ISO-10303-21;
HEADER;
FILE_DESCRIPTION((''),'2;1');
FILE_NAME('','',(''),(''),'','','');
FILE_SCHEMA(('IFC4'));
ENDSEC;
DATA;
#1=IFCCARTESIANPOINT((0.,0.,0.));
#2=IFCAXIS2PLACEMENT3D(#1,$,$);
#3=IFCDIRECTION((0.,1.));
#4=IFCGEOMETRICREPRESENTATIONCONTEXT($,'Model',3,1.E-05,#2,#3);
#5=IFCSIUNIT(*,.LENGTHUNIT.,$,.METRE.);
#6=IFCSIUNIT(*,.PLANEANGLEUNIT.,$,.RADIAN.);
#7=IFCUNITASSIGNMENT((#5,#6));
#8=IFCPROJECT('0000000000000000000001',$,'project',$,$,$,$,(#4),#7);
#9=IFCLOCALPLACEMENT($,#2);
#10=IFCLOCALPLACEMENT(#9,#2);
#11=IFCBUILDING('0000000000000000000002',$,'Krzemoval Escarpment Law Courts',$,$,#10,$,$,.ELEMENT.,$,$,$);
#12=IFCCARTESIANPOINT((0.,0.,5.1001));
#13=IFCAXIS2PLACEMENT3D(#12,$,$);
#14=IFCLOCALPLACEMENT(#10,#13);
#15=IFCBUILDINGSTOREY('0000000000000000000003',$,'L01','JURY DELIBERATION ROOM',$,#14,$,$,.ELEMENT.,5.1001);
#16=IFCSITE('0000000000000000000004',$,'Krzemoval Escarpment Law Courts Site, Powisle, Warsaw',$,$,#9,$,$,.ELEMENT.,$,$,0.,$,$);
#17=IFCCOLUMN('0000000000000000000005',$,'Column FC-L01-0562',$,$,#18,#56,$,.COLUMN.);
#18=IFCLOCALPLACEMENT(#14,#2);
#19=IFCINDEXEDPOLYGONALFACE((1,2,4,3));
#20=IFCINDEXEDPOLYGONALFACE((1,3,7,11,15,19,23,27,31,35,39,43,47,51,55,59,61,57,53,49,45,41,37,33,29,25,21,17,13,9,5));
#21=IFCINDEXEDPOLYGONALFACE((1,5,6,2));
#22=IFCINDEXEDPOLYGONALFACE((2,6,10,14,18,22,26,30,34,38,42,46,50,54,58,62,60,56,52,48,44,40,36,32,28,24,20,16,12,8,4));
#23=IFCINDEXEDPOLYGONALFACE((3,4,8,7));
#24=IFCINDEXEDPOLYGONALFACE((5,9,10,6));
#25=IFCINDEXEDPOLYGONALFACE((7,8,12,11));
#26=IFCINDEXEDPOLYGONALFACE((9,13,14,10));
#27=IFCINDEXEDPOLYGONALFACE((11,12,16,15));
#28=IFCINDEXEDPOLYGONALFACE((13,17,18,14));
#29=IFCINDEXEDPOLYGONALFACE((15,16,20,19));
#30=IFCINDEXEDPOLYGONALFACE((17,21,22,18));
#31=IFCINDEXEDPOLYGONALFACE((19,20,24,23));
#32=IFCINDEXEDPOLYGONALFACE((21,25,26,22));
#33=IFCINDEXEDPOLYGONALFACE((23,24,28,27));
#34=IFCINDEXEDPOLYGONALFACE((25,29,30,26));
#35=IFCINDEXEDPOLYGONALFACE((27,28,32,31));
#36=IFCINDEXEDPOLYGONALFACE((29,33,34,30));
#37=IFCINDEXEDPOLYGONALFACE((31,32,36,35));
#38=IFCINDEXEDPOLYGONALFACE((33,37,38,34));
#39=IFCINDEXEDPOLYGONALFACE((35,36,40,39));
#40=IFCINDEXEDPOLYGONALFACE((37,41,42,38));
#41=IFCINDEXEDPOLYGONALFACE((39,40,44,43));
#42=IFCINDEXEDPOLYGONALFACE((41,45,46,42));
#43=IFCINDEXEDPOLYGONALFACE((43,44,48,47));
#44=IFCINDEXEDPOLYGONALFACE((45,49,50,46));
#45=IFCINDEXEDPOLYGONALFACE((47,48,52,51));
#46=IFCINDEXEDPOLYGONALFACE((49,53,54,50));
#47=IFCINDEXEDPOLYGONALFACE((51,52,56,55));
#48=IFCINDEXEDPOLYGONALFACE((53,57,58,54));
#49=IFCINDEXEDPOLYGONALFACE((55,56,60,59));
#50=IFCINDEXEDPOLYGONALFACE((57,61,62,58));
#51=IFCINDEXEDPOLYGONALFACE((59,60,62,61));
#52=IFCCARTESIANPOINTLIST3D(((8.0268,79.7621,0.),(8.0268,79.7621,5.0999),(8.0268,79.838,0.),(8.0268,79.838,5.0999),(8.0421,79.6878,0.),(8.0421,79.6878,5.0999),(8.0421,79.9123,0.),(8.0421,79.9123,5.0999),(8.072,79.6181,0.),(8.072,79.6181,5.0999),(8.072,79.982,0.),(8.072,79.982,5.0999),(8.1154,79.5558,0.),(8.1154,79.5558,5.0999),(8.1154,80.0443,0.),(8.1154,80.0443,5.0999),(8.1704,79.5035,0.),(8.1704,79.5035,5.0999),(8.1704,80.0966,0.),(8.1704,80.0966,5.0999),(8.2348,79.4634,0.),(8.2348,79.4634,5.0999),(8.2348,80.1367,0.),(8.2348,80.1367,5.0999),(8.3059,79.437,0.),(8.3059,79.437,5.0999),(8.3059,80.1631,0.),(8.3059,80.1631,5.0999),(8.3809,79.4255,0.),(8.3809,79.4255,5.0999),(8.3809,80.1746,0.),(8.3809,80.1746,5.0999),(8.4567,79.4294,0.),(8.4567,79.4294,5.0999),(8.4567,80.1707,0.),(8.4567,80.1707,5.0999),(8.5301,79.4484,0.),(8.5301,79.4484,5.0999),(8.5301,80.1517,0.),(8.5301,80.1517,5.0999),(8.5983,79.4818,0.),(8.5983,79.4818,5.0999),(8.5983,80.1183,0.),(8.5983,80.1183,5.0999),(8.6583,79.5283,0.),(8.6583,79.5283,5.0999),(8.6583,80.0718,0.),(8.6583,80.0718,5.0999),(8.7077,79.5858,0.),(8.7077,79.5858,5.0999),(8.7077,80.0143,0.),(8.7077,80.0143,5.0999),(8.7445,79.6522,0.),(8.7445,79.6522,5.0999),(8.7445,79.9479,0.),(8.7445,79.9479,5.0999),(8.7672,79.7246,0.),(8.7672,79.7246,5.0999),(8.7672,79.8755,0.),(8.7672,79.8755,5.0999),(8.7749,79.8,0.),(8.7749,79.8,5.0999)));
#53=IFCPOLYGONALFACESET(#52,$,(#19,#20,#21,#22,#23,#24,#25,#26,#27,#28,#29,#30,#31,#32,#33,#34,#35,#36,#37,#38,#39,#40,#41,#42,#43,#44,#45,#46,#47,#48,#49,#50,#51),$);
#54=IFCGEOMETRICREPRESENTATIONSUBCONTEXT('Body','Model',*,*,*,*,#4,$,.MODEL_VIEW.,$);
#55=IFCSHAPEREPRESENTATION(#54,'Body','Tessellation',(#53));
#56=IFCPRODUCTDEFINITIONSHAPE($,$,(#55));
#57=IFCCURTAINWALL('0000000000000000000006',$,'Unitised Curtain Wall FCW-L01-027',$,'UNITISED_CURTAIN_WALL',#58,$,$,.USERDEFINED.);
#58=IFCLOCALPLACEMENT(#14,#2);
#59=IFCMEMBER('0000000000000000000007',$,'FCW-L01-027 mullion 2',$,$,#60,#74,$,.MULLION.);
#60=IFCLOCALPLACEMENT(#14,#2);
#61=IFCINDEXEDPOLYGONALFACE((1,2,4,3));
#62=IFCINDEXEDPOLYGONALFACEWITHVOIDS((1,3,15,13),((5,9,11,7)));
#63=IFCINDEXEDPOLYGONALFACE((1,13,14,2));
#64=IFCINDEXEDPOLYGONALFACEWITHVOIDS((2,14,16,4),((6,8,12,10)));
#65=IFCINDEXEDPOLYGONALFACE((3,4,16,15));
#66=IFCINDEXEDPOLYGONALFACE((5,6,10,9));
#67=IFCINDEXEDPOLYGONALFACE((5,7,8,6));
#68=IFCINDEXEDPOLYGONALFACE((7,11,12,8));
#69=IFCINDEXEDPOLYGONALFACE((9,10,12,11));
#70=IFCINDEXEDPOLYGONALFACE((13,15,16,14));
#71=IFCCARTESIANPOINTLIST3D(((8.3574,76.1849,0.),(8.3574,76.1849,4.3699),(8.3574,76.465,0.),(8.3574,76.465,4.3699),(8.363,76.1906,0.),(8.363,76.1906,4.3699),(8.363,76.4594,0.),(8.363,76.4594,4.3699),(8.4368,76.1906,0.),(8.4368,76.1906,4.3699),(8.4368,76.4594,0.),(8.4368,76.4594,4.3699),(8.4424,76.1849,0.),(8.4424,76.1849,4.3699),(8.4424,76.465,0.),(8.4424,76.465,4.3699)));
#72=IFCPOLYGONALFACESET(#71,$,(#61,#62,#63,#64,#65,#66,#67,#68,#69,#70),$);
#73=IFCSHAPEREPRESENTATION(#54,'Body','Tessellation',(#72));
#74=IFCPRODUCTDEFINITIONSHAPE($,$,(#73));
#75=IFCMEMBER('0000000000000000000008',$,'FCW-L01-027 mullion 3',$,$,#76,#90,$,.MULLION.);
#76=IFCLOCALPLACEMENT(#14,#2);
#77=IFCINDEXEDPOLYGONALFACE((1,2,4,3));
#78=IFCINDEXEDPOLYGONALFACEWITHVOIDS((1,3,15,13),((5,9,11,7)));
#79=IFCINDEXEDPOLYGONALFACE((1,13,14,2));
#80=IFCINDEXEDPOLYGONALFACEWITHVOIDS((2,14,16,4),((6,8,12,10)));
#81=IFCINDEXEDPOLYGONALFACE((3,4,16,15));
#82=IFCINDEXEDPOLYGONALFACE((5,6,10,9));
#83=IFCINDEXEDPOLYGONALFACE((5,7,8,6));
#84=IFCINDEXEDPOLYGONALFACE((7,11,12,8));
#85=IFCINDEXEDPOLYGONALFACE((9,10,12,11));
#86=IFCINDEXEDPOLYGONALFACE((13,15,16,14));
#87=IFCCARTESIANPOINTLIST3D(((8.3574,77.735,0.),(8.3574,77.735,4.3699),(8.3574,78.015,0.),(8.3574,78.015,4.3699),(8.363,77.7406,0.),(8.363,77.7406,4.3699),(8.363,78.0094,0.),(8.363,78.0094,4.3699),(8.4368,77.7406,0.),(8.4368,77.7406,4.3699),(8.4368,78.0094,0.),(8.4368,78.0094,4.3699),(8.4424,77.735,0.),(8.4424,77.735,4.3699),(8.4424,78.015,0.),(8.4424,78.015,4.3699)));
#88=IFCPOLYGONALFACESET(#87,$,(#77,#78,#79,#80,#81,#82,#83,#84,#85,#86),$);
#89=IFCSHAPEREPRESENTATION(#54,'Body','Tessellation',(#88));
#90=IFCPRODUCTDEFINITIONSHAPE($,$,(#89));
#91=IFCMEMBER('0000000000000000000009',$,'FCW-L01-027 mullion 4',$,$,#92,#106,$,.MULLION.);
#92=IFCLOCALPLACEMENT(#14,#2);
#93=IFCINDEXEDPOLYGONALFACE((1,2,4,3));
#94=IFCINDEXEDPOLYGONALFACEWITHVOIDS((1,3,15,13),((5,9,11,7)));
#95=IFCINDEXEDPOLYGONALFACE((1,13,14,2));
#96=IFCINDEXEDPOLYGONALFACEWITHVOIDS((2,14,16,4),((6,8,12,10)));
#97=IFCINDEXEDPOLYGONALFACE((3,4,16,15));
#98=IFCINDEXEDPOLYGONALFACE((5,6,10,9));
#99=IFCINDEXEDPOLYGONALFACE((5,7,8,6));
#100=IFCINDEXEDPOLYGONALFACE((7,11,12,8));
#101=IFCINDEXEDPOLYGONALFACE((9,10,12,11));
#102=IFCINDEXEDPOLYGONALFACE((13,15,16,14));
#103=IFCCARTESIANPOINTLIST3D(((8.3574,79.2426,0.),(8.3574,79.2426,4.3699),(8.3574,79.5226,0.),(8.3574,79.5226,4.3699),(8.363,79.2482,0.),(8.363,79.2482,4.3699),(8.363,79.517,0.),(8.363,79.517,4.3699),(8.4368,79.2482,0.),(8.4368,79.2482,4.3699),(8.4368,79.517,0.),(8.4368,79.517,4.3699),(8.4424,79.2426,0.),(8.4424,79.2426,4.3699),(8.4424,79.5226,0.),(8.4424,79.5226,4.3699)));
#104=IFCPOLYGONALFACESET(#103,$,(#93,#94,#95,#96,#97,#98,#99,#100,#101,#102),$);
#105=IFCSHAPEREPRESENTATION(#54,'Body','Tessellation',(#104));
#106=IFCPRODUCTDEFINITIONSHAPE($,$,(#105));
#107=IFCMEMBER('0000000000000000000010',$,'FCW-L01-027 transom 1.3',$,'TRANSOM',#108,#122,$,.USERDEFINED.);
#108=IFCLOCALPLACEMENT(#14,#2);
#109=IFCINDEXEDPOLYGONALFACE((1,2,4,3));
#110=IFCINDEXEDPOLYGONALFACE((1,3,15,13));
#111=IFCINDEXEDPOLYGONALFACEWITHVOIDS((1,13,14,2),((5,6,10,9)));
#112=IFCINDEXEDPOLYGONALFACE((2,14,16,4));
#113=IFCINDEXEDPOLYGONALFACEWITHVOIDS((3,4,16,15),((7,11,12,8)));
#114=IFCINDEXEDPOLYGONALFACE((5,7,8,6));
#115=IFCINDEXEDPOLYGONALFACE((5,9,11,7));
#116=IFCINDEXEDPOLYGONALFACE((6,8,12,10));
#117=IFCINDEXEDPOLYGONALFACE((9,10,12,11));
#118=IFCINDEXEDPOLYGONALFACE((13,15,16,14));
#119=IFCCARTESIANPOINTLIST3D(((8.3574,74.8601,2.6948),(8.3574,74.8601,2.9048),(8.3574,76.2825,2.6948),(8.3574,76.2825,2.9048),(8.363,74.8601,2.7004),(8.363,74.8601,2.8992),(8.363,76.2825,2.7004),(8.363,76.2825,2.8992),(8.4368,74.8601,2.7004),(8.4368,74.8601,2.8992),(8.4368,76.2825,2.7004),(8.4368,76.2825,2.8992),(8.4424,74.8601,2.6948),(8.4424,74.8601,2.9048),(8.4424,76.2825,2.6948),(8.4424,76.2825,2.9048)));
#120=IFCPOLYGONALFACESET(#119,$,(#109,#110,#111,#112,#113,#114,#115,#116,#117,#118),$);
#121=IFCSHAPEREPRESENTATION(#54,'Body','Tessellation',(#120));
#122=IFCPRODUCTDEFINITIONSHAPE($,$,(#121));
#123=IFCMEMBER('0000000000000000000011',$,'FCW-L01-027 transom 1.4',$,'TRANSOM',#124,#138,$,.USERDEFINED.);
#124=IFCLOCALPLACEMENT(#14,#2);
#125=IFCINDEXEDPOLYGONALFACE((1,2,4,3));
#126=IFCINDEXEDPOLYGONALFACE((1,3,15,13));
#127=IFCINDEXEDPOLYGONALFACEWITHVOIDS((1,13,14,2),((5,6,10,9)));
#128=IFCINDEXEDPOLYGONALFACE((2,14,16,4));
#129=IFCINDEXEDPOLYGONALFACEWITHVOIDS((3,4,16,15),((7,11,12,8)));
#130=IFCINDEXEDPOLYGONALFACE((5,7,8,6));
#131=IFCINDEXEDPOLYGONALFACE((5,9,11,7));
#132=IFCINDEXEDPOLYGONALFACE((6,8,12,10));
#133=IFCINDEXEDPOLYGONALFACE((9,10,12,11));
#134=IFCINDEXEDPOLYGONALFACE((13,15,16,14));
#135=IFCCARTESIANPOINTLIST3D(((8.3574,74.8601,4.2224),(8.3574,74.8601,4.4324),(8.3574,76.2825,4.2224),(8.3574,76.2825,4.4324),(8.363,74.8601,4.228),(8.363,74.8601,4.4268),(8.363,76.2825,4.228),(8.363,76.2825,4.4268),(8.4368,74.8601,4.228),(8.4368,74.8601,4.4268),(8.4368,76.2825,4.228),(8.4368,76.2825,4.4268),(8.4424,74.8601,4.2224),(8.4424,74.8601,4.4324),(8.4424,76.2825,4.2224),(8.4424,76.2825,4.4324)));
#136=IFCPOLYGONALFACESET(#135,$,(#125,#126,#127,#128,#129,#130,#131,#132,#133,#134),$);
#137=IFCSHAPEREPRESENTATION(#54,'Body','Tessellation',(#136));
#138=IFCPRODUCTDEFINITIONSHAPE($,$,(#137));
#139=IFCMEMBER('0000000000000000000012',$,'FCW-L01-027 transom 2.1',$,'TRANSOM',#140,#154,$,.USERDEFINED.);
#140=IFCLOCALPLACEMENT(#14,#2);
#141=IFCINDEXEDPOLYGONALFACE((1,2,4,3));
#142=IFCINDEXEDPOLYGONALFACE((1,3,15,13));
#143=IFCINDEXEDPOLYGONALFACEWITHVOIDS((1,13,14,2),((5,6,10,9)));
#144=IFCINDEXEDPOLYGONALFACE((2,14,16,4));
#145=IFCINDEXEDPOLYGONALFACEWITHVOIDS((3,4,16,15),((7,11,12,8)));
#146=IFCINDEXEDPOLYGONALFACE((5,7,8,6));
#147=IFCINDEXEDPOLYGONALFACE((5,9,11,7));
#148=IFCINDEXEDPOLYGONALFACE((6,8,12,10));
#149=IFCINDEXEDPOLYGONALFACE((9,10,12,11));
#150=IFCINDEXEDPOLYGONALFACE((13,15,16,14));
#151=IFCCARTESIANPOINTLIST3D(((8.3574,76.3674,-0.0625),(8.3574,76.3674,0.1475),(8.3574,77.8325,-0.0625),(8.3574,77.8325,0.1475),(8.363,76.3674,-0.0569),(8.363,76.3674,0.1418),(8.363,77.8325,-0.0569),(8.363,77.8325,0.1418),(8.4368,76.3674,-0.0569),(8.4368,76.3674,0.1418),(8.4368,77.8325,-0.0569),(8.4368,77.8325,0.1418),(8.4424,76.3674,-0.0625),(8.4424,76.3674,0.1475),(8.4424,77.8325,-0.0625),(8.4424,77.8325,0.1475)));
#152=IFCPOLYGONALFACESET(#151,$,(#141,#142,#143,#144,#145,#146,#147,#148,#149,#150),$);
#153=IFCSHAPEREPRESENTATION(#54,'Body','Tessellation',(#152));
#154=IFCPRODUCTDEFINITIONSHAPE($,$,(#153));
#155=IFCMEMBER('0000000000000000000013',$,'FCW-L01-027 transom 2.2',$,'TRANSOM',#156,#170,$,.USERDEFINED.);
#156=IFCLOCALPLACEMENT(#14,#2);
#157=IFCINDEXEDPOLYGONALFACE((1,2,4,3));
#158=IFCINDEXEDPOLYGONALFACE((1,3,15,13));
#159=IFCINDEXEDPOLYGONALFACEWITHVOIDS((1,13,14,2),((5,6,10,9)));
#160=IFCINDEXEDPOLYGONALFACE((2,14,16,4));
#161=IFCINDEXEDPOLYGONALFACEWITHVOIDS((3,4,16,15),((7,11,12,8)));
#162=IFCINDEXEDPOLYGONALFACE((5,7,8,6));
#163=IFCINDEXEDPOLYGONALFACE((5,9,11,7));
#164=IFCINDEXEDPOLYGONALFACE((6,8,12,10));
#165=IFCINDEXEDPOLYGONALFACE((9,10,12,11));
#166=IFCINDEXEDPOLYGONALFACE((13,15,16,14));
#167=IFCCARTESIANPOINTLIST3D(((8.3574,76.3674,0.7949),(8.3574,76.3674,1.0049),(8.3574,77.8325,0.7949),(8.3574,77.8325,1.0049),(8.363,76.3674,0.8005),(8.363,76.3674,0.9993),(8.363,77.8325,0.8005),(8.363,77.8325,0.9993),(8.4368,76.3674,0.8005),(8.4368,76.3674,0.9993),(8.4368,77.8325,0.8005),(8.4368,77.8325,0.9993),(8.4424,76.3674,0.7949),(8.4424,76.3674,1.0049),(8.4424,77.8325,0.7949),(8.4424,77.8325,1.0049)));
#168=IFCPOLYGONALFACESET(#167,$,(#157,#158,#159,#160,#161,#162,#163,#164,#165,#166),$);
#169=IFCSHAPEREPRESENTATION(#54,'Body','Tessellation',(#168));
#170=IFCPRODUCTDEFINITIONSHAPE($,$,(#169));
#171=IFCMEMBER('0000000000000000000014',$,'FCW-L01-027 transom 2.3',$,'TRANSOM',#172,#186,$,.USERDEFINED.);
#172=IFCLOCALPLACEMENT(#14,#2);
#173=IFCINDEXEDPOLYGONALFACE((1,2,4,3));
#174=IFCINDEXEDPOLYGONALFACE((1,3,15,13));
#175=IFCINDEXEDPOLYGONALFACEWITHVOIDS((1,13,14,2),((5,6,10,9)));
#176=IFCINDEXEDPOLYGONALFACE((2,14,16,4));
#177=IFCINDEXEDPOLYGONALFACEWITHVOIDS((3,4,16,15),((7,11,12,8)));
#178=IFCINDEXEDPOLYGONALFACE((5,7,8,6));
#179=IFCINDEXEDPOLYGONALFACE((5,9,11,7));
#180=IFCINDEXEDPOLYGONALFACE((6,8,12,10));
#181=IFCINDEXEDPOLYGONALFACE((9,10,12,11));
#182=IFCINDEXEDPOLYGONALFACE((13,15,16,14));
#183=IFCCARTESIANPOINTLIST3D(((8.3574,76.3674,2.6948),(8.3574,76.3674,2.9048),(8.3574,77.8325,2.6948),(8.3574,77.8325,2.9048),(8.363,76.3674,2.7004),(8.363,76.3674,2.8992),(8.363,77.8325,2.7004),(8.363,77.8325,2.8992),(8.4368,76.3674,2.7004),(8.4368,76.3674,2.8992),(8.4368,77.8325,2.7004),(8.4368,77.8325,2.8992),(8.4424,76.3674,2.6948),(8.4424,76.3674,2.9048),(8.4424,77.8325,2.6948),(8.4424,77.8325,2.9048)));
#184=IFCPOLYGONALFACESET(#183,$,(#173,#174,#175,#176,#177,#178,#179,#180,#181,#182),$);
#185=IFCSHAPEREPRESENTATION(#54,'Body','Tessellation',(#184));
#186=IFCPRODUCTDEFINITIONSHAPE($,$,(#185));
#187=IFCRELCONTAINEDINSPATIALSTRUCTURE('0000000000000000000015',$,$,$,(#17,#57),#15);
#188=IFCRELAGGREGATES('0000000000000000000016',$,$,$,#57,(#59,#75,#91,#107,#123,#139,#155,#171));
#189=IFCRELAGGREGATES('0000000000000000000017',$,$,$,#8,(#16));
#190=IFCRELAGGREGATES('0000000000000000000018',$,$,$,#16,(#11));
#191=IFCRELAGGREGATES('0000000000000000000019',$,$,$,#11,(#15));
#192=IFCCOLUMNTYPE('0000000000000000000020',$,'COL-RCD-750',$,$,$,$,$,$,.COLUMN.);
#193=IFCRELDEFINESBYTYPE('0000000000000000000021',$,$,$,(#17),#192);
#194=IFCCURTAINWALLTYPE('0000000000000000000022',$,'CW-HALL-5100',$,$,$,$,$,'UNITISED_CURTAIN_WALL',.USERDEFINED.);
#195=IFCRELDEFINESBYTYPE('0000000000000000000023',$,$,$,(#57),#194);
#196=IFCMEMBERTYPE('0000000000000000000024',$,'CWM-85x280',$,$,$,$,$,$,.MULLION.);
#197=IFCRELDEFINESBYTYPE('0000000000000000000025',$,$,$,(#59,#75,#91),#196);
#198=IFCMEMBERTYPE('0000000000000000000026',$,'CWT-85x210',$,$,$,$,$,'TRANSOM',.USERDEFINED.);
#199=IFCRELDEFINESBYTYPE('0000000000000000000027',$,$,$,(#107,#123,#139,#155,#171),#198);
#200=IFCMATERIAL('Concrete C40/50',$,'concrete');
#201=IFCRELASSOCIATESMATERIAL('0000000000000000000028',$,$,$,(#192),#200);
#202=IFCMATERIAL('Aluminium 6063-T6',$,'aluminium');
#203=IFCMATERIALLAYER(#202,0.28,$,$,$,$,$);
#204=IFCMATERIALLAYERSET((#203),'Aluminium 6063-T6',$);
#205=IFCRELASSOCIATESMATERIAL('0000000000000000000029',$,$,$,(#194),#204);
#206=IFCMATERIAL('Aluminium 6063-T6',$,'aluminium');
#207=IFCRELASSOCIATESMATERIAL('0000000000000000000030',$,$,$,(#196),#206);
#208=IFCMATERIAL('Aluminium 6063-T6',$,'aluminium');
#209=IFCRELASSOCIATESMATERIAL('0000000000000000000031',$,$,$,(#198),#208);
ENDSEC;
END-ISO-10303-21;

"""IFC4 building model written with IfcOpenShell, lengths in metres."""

from ifc_helpers import new_model, si_unit, direction, frame, origin, origin_2d, place, context, subcontext, project, spatial, hollow_rectangle, circle, extrude, material, layer, layer_set, material_profile, profile_set, type_object, element, aggregate, save


model = new_model("IFC4")

# Units and contexts
model_context = context("Model", 3, precision=1e-05, world=origin(), true_north=direction((0.0, 1.0)))
body_context = subcontext(model_context, "Body", "Model", "MODEL_VIEW")
ifc_project = project(units=[si_unit("LENGTHUNIT", "METRE"), si_unit("PLANEANGLEUNIT", "RADIAN")], contexts=[model_context])

# Site, building, storey
site_placement = place(None, origin())
site = spatial("IfcSite", under=ifc_project, at=site_placement, Name="Krzemoval Escarpment Law Courts Site, Powisle, Warsaw", CompositionType="ELEMENT", RefElevation=0.0)
building_placement = place(site_placement, origin())
building = spatial("IfcBuilding", under=site, at=building_placement, Name="Krzemoval Escarpment Law Courts", CompositionType="ELEMENT")
storey_placement = place(building_placement, frame((0.0, 0.0, 5.1001)))
storey = spatial("IfcBuildingStorey", under=building, at=storey_placement, Name="L01", Description="JURY DELIBERATION ROOM", CompositionType="ELEMENT", Elevation=5.1001)

# Column
ifc_material_1 = material(Name="Concrete C40/50", Category="concrete")
ifc_material_profile_1 = material_profile(ifc_material_1, circle(Radius=0.375, at=origin_2d()), Name="RC D750")
ifc_profile_set_1 = profile_set([ifc_material_profile_1], Name="Concrete C40/50")
column_type = type_object("IfcColumnType", Name="COL-RCD-750", PredefinedType="COLUMN", material=ifc_profile_set_1)
column_placement = place(storey_placement, frame((8.3999, 79.8, 0.0), z_axis=(0.0, 0.0, 1.0), x_axis=(1.0, 0.0, 0.0)))
element("IfcColumn", 1, at=column_placement, inside=storey, type_object=column_type, Name="Column FC-L01-0562", PredefinedType="COLUMN", context=body_context, shape_type="SweptSolid", body=[
    extrude(circle(Radius=0.375, at=origin_2d()), origin(), (0.0, 0.0, 1.0), 5.0999),
])

# Curtain wall, members
ifc_material_2 = material(Name="Aluminium 6063-T6", Category="aluminium")
ifc_layer_1 = layer(ifc_material_2, 0.28)
ifc_layer_set_1 = layer_set([ifc_layer_1], Name="Aluminium 6063-T6")
curtain_wall_type = type_object("IfcCurtainWallType", Name="CW-HALL-5100", ElementType="UNITISED_CURTAIN_WALL", PredefinedType="USERDEFINED", material=ifc_layer_set_1)
curtain_wall_placement = place(storey_placement, origin())
curtain_wall = element("IfcCurtainWall", 2, at=curtain_wall_placement, inside=storey, type_object=curtain_wall_type, Name="Unitised Curtain Wall FCW-L01-027", ObjectType="UNITISED_CURTAIN_WALL", PredefinedType="USERDEFINED")
ifc_material_3 = material(Name="Aluminium 6063-T6", Category="aluminium")
ifc_material_profile_2 = material_profile(ifc_material_3, hollow_rectangle(XDim=0.085, YDim=0.28, WallThickness=0.0056, at=origin_2d()), Name="ALU M85x280")
ifc_profile_set_2 = profile_set([ifc_material_profile_2], Name="Aluminium 6063-T6")
member_type_1 = type_object("IfcMemberType", Name="CWM-85x280", PredefinedType="MULLION", material=ifc_profile_set_2)
member_1_placement = place(storey_placement, frame((8.3999, 76.325, 0.0), z_axis=(0.0, 0.0, 1.0), x_axis=(-1.0, 0.0, 0.0)))
member_1 = element("IfcMember", 3, at=member_1_placement, type_object=member_type_1, Name="FCW-L01-027 mullion 2", PredefinedType="MULLION", context=body_context, shape_type="SweptSolid", body=[
    extrude(hollow_rectangle(XDim=0.085, YDim=0.28, WallThickness=0.0056, at=origin_2d()), origin(), (0.0, 0.0, 1.0), 4.3699),
])
member_2_placement = place(storey_placement, frame((8.3999, 77.875, 0.0), z_axis=(0.0, 0.0, 1.0), x_axis=(-1.0, 0.0, 0.0)))
member_2 = element("IfcMember", 4, at=member_2_placement, type_object=member_type_1, Name="FCW-L01-027 mullion 3", PredefinedType="MULLION", context=body_context, shape_type="SweptSolid", body=[
    extrude(hollow_rectangle(XDim=0.085, YDim=0.28, WallThickness=0.0056, at=origin_2d()), origin(), (0.0, 0.0, 1.0), 4.3699),
])
member_3_placement = place(storey_placement, frame((8.3999, 79.3826, 0.0), z_axis=(0.0, 0.0, 1.0), x_axis=(-1.0, 0.0, 0.0)))
member_3 = element("IfcMember", 5, at=member_3_placement, type_object=member_type_1, Name="FCW-L01-027 mullion 4", PredefinedType="MULLION", context=body_context, shape_type="SweptSolid", body=[
    extrude(hollow_rectangle(XDim=0.085, YDim=0.28, WallThickness=0.0056, at=origin_2d()), origin(), (0.0, 0.0, 1.0), 4.3699),
])
ifc_material_4 = material(Name="Aluminium 6063-T6", Category="aluminium")
ifc_material_profile_3 = material_profile(ifc_material_4, hollow_rectangle(XDim=0.085, YDim=0.21, WallThickness=0.0056, at=origin_2d()), Name="ALU T85x210")
ifc_profile_set_3 = profile_set([ifc_material_profile_3], Name="Aluminium 6063-T6")
member_type_2 = type_object("IfcMemberType", Name="CWT-85x210", ElementType="TRANSOM", PredefinedType="USERDEFINED", material=ifc_profile_set_3)
member_4_placement = place(storey_placement, frame((8.3999, 74.8601, 2.7998), z_axis=(0.0, 1.0, 0.0), x_axis=(-1.0, 0.0, 0.0)))
member_4 = element("IfcMember", 6, at=member_4_placement, type_object=member_type_2, Name="FCW-L01-027 transom 1.3", ObjectType="TRANSOM", PredefinedType="USERDEFINED", context=body_context, shape_type="SweptSolid", body=[
    extrude(hollow_rectangle(XDim=0.085, YDim=0.21, WallThickness=0.0056, at=origin_2d()), origin(), (0.0, 0.0, 1.0), 1.4224),
])
member_5_placement = place(storey_placement, frame((8.3999, 74.8601, 4.3274), z_axis=(0.0, 1.0, 0.0), x_axis=(-1.0, 0.0, 0.0)))
member_5 = element("IfcMember", 7, at=member_5_placement, type_object=member_type_2, Name="FCW-L01-027 transom 1.4", ObjectType="TRANSOM", PredefinedType="USERDEFINED", context=body_context, shape_type="SweptSolid", body=[
    extrude(hollow_rectangle(XDim=0.085, YDim=0.21, WallThickness=0.0056, at=origin_2d()), origin(), (0.0, 0.0, 1.0), 1.4224),
])
member_6_placement = place(storey_placement, frame((8.3999, 76.3674, 0.0425), z_axis=(0.0, 1.0, 0.0), x_axis=(-1.0, 0.0, 0.0)))
member_6 = element("IfcMember", 8, at=member_6_placement, type_object=member_type_2, Name="FCW-L01-027 transom 2.1", ObjectType="TRANSOM", PredefinedType="USERDEFINED", context=body_context, shape_type="SweptSolid", body=[
    extrude(hollow_rectangle(XDim=0.085, YDim=0.21, WallThickness=0.0056, at=origin_2d()), origin(), (0.0, 0.0, 1.0), 1.4651),
])
member_7_placement = place(storey_placement, frame((8.3999, 76.3674, 0.8999), z_axis=(0.0, 1.0, 0.0), x_axis=(-1.0, 0.0, 0.0)))
member_7 = element("IfcMember", 9, at=member_7_placement, type_object=member_type_2, Name="FCW-L01-027 transom 2.2", ObjectType="TRANSOM", PredefinedType="USERDEFINED", context=body_context, shape_type="SweptSolid", body=[
    extrude(hollow_rectangle(XDim=0.085, YDim=0.21, WallThickness=0.0056, at=origin_2d()), origin(), (0.0, 0.0, 1.0), 1.4651),
])
member_8_placement = place(storey_placement, frame((8.3999, 76.3674, 2.7998), z_axis=(0.0, 1.0, 0.0), x_axis=(-1.0, 0.0, 0.0)))
member_8 = element("IfcMember", 10, at=member_8_placement, type_object=member_type_2, Name="FCW-L01-027 transom 2.3", ObjectType="TRANSOM", PredefinedType="USERDEFINED", context=body_context, shape_type="SweptSolid", body=[
    extrude(hollow_rectangle(XDim=0.085, YDim=0.21, WallThickness=0.0056, at=origin_2d()), origin(), (0.0, 0.0, 1.0), 1.4651),
])

aggregate(curtain_wall, [member_1, member_2, member_3, member_4, member_5, member_6, member_7, member_8])

save(model, "model.ifc")
